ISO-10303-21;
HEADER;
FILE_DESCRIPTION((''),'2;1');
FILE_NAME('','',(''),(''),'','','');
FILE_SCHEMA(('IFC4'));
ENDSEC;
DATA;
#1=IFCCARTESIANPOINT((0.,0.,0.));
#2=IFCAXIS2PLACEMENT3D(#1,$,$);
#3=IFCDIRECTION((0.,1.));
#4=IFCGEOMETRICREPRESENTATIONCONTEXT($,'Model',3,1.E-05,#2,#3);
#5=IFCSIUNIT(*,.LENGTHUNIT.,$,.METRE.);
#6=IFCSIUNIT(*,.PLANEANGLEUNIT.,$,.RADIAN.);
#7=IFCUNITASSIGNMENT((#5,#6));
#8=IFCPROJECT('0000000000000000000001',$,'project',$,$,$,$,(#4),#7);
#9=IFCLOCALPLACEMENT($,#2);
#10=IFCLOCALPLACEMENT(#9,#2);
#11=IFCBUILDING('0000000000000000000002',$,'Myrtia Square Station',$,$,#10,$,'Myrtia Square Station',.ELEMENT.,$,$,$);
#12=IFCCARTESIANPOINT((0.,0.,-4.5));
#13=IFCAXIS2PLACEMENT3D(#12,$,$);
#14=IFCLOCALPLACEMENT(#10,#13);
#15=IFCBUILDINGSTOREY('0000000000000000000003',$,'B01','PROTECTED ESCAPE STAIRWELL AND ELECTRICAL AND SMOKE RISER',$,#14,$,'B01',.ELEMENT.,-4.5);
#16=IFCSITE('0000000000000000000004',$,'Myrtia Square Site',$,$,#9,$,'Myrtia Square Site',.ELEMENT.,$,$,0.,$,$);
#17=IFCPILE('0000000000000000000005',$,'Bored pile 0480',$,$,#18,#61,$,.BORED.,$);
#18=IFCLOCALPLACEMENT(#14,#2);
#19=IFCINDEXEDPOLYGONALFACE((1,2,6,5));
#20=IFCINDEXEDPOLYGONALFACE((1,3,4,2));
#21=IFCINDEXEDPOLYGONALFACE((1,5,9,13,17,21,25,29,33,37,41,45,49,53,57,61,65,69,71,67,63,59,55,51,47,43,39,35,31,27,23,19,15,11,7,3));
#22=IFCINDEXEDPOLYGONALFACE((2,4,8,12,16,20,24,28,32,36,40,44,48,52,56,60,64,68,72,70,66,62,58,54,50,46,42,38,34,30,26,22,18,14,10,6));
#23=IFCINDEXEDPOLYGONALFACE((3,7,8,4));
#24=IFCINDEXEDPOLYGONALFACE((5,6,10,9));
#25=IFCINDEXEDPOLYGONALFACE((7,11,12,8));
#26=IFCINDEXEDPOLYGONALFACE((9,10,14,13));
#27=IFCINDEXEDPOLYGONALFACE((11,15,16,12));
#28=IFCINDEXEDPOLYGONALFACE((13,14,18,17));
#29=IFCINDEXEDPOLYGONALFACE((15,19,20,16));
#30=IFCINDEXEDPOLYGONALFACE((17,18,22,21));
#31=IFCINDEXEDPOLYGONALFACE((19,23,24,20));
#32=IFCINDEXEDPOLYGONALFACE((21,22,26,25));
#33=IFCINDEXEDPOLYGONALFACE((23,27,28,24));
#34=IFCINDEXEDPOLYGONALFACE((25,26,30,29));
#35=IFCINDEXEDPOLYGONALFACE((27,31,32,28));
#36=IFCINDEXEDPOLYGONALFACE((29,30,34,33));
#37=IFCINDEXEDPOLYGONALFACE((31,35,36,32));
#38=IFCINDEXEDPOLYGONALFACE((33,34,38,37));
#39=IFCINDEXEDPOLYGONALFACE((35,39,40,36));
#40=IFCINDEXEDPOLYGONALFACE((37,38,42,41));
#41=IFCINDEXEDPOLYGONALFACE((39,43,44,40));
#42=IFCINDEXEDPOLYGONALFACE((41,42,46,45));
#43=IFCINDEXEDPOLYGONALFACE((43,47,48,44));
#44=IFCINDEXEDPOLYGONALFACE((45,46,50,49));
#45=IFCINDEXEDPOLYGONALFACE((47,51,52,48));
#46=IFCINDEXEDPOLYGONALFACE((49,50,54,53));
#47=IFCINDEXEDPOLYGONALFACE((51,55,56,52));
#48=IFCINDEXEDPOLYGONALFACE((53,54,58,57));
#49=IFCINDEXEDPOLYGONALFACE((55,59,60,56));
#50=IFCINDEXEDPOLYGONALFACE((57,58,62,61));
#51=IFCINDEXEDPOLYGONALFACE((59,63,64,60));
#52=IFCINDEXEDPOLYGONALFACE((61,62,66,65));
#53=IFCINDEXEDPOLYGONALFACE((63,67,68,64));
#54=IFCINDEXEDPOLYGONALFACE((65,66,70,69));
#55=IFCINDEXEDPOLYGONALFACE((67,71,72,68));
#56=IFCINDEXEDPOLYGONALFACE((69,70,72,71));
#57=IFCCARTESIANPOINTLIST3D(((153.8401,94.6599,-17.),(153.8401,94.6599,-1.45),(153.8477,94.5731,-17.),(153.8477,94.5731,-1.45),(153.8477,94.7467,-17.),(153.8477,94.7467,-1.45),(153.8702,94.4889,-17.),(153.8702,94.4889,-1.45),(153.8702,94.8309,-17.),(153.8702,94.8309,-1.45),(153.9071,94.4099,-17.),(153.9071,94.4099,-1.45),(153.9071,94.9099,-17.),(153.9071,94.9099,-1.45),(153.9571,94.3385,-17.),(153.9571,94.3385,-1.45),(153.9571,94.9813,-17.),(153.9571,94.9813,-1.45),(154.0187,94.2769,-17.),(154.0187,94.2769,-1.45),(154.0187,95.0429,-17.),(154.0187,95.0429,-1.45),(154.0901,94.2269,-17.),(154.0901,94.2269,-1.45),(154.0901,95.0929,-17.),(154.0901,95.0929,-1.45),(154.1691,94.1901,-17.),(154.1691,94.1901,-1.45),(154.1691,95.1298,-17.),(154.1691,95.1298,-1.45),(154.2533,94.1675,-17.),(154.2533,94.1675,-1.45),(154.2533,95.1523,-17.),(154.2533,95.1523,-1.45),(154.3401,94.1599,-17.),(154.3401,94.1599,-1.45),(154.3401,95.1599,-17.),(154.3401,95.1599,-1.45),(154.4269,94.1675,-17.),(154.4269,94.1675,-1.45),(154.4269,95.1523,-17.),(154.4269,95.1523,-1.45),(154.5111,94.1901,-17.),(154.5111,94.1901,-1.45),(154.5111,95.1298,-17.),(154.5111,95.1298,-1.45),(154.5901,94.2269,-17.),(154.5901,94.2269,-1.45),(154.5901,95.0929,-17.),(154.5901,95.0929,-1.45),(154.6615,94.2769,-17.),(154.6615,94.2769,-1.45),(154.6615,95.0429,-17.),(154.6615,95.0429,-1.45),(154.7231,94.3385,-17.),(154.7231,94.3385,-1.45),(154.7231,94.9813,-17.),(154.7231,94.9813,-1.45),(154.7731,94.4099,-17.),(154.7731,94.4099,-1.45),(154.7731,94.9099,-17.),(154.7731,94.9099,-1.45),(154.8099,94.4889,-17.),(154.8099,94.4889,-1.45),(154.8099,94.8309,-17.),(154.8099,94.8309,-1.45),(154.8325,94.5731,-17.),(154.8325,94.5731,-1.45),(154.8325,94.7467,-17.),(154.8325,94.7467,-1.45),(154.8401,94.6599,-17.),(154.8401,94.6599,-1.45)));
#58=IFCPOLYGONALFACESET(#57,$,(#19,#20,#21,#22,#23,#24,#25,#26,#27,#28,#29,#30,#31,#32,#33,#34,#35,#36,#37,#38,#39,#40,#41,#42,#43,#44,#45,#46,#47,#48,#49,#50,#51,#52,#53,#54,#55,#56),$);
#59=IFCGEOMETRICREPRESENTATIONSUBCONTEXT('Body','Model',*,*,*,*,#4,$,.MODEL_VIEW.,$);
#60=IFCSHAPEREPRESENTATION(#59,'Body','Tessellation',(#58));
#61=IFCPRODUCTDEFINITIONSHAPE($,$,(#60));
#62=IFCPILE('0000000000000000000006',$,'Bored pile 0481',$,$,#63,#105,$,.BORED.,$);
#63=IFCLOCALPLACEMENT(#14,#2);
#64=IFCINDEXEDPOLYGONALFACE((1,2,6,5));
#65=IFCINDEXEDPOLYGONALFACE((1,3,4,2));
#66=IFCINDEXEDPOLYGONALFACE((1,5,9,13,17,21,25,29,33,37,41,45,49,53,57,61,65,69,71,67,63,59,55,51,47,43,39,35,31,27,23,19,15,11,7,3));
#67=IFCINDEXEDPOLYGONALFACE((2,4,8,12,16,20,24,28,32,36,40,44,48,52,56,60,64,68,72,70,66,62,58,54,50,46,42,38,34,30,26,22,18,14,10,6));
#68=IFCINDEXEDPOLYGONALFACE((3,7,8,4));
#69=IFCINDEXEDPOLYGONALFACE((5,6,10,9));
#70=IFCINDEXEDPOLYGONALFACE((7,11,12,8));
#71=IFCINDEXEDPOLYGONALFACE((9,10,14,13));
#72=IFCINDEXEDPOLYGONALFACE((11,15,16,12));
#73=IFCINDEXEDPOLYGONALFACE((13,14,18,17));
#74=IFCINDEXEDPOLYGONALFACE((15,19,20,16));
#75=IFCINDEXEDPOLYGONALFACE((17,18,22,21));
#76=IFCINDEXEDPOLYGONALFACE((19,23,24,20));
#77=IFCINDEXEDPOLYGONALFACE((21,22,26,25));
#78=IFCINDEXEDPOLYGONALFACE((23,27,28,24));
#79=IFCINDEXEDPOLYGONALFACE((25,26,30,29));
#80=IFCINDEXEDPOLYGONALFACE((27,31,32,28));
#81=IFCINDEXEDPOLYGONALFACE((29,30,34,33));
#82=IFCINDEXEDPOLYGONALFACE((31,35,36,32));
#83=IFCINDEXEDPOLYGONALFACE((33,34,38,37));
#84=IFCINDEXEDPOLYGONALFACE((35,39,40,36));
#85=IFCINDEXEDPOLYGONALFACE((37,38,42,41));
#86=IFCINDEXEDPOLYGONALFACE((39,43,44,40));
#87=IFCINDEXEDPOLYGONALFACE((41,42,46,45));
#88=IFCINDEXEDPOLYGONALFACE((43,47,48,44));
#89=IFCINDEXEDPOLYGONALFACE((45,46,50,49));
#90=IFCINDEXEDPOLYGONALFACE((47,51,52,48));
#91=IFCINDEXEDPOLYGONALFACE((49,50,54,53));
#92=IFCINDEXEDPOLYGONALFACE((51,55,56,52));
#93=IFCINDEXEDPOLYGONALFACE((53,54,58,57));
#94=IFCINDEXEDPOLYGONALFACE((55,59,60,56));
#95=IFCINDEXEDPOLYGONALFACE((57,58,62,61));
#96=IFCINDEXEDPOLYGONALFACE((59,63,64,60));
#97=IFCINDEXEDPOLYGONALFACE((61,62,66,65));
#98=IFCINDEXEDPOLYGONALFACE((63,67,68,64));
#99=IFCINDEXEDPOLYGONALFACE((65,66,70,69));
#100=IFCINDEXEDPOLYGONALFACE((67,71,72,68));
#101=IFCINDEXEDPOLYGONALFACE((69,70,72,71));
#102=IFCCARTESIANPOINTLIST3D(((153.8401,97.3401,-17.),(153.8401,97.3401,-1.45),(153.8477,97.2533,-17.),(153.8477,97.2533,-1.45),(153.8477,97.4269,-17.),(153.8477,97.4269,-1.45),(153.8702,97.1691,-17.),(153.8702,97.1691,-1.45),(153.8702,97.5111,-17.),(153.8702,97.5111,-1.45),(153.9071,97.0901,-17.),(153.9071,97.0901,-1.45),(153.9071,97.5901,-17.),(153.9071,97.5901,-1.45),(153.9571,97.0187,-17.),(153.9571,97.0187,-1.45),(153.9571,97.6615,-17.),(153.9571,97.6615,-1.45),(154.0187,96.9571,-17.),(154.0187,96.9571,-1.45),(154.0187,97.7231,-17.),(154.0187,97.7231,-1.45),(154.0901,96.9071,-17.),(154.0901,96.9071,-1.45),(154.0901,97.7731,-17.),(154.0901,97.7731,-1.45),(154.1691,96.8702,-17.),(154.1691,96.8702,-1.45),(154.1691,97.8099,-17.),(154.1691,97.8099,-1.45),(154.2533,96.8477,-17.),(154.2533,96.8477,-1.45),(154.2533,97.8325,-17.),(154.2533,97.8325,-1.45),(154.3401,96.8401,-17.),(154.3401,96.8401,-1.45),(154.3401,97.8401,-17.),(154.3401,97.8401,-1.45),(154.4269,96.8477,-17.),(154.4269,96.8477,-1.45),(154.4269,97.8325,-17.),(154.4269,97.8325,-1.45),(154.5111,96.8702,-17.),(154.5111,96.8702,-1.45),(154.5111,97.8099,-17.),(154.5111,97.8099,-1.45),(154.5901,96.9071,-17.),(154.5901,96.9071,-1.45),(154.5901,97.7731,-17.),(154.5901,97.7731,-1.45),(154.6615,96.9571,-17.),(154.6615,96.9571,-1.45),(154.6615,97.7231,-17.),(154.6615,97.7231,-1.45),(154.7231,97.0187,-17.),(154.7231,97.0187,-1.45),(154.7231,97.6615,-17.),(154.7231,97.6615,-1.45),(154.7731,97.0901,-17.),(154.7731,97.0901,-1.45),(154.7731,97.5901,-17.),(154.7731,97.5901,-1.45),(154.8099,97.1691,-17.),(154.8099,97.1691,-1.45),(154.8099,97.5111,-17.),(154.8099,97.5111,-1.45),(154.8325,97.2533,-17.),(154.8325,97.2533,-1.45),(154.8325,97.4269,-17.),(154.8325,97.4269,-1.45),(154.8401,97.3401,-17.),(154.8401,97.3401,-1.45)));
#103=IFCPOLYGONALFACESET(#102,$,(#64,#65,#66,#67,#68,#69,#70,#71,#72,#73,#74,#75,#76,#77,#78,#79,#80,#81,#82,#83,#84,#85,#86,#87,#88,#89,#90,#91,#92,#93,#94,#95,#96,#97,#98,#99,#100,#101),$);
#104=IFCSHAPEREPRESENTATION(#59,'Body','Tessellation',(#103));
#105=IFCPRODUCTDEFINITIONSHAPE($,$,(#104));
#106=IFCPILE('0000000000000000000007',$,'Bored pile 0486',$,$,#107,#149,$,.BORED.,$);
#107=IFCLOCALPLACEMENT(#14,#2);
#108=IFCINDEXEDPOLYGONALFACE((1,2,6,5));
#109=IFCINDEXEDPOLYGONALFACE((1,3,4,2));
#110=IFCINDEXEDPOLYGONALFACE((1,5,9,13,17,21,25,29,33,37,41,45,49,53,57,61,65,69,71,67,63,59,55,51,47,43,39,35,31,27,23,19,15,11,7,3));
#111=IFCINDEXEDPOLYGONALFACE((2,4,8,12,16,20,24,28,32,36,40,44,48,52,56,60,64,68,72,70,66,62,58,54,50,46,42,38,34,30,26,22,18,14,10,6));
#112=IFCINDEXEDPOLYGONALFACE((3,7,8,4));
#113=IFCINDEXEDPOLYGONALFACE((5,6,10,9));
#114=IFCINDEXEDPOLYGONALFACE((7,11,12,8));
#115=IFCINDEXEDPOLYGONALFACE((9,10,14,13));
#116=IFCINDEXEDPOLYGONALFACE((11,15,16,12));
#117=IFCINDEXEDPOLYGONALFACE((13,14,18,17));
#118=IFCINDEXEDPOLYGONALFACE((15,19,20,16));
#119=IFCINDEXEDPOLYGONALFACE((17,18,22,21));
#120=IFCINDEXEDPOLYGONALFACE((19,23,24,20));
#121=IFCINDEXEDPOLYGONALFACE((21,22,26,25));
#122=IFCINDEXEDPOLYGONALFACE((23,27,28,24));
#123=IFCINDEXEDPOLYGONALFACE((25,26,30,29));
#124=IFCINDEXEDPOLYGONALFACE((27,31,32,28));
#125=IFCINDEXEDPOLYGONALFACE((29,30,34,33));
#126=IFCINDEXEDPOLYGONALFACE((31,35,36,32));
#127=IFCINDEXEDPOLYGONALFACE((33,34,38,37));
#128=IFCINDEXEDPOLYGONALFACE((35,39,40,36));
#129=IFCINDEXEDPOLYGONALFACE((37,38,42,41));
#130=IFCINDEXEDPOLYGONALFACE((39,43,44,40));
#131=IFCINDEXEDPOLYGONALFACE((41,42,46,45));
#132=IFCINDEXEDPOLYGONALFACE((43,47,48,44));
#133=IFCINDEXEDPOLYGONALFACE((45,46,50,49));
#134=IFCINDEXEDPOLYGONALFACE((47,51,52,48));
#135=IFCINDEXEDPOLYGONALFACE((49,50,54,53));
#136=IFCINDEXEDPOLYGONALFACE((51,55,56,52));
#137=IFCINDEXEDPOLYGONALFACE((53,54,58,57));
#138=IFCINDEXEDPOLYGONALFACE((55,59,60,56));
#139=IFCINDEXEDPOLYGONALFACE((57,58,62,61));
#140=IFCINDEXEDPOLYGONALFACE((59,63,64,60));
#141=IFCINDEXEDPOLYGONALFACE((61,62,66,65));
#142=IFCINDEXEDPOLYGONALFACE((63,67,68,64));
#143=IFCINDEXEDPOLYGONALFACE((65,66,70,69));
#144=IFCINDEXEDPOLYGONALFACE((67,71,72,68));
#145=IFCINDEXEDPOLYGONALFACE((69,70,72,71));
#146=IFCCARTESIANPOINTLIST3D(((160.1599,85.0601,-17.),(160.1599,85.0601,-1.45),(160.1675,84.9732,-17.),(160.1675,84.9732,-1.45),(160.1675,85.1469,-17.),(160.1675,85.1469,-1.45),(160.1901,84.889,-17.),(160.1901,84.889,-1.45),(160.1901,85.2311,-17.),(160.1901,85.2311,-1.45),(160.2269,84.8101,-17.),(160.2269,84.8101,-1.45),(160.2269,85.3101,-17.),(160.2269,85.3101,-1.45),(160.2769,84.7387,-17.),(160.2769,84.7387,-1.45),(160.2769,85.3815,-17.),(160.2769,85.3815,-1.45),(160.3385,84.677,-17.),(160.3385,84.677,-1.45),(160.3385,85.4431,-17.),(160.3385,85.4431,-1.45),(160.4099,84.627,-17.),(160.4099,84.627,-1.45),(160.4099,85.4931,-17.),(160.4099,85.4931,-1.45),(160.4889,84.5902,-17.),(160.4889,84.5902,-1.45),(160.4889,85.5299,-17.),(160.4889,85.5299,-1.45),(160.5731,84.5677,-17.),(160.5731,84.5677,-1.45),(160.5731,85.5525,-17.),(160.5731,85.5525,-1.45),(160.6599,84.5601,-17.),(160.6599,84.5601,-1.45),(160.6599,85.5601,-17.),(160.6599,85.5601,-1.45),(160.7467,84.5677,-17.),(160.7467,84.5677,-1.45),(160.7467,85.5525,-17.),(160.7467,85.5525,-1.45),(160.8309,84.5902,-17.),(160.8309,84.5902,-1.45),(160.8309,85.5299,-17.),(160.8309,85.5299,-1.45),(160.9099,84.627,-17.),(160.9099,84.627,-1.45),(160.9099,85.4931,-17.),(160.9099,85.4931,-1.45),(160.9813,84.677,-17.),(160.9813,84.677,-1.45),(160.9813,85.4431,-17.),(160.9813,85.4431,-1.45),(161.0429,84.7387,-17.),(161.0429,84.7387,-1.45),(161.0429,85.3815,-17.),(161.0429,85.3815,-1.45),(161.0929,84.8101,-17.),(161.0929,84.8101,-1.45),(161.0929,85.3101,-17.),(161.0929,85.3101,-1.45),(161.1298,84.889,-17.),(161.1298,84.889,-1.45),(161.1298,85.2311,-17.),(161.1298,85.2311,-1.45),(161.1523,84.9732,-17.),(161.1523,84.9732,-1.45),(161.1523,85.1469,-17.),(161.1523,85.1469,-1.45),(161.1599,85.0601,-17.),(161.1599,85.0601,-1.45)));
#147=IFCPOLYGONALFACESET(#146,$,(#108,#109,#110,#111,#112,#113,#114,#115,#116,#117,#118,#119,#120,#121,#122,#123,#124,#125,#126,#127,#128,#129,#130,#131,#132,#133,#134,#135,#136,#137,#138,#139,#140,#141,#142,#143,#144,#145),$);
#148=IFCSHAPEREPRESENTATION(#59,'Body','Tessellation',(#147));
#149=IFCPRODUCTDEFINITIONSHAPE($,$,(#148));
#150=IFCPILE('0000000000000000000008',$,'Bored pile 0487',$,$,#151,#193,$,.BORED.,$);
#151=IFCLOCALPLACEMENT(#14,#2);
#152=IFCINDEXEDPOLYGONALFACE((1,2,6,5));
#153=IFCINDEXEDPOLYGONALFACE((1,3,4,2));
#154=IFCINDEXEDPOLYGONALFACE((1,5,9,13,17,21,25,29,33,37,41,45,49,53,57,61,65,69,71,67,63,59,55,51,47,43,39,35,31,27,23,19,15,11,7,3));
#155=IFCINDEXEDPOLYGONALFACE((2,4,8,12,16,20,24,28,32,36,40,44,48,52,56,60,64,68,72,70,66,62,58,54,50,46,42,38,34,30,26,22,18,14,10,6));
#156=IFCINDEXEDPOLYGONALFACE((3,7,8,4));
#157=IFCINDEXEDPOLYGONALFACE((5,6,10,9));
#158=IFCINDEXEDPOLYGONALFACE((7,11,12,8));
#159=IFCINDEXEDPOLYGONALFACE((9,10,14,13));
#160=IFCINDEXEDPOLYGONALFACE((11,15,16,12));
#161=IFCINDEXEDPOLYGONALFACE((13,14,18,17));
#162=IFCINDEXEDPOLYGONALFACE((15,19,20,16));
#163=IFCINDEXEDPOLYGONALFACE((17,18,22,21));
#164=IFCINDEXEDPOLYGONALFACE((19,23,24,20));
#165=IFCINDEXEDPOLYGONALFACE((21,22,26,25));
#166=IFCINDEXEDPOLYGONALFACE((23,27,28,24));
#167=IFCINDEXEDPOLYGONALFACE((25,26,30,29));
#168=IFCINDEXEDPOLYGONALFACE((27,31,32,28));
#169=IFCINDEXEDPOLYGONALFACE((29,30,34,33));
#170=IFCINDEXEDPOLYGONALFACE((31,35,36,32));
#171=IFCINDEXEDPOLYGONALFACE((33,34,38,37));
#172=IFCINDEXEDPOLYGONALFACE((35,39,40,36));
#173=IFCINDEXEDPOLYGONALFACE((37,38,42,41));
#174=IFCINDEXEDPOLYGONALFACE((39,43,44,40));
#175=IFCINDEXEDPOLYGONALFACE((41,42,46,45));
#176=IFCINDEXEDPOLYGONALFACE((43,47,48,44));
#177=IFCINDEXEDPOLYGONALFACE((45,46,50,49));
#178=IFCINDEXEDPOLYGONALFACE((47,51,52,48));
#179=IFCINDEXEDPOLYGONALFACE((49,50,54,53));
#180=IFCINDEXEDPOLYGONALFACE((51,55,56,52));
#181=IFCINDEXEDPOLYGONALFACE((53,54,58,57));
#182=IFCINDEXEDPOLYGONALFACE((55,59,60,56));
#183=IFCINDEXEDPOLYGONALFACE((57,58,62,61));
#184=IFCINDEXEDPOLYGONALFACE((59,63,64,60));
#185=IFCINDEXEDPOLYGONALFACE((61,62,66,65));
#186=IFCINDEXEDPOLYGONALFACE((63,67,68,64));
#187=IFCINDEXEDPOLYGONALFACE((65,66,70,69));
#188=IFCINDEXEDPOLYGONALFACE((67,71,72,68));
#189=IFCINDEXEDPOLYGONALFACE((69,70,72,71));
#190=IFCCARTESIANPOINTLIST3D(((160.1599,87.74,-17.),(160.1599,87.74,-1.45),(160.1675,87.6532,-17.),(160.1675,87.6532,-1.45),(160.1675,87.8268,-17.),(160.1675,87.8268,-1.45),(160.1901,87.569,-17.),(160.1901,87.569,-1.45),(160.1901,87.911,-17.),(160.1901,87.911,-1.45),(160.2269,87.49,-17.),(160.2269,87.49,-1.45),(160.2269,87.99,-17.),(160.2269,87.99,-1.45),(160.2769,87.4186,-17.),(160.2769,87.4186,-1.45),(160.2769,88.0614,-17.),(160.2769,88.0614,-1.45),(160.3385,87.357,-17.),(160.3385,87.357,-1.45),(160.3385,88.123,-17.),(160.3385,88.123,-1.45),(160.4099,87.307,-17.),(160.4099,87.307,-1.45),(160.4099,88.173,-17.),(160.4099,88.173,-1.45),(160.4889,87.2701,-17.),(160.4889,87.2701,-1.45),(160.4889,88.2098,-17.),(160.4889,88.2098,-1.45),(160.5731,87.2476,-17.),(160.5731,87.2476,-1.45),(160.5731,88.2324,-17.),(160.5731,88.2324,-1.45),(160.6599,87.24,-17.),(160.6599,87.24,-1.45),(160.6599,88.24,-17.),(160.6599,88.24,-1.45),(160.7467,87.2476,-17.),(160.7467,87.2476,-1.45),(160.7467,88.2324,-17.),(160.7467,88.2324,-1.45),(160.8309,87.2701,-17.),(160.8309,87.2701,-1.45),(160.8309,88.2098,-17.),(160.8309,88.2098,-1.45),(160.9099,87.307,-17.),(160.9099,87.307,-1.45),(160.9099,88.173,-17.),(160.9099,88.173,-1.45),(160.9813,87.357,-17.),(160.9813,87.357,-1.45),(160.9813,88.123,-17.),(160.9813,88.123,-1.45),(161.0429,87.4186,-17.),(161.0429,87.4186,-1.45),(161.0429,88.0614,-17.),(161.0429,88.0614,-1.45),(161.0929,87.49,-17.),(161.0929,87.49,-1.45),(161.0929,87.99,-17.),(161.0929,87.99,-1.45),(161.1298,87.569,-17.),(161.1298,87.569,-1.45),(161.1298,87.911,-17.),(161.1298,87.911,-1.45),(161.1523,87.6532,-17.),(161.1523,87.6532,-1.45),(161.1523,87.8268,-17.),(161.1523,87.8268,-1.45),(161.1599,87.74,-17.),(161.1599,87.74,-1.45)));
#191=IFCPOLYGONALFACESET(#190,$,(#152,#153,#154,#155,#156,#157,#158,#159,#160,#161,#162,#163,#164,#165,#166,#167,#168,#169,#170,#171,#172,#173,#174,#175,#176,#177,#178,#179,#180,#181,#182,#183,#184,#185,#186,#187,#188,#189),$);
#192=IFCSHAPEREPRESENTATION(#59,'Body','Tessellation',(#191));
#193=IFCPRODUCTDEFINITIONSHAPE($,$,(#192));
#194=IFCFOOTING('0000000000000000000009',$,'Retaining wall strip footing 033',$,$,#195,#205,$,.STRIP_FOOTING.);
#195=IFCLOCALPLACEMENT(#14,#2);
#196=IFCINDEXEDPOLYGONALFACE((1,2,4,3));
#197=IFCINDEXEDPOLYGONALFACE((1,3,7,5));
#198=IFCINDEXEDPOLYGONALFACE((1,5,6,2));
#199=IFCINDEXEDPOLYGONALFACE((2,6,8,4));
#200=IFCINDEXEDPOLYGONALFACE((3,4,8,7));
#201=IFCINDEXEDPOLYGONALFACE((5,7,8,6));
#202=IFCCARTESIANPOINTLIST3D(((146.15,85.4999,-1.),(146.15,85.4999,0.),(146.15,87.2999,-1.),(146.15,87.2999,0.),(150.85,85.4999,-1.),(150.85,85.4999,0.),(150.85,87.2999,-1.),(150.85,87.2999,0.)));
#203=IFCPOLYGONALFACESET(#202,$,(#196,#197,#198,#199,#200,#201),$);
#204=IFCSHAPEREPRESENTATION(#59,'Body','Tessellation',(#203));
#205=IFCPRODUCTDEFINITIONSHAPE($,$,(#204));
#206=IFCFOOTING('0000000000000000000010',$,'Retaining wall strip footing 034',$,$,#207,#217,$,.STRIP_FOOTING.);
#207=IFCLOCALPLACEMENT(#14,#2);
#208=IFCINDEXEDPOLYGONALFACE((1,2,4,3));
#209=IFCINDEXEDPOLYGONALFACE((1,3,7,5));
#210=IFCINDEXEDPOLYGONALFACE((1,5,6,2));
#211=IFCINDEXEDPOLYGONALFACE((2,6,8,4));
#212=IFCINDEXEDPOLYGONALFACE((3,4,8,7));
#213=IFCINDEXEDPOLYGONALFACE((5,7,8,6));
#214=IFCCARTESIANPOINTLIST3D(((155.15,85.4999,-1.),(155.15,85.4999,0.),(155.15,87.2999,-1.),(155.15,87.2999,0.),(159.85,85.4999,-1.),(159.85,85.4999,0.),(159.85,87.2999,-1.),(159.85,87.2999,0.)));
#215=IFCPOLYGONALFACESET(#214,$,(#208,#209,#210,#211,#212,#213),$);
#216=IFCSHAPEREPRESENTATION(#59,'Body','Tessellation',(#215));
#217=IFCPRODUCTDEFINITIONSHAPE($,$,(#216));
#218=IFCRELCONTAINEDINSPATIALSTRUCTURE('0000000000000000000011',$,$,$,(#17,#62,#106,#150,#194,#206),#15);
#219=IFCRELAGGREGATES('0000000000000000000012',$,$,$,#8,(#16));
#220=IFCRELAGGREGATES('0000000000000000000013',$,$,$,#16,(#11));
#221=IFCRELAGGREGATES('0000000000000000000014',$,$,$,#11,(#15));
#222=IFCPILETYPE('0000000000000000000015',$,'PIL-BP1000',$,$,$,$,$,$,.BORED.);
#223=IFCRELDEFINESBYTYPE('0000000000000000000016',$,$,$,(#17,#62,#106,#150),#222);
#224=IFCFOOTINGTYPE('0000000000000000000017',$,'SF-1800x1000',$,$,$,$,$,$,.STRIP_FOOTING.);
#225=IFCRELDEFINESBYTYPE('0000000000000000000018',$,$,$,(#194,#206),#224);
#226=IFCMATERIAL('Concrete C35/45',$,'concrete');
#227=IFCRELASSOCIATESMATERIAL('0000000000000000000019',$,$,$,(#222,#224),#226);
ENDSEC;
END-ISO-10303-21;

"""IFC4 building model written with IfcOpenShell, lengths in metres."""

from ifc_helpers import new_model, si_unit, direction, frame, origin, origin_2d, place, context, subcontext, project, spatial, rectangle, circle, extrude, material, material_profile, profile_set, type_object, element, save


model = new_model("IFC4")

# Units and contexts
model_context = context("Model", 3, precision=1e-05, world=origin(), true_north=direction((0.0, 1.0)))
body_context = subcontext(model_context, "Body", "Model", "MODEL_VIEW")
ifc_project = project(units=[si_unit("LENGTHUNIT", "METRE"), si_unit("PLANEANGLEUNIT", "RADIAN")], contexts=[model_context])

# Site, building, storey
site_placement = place(None, origin())
site = spatial("IfcSite", under=ifc_project, at=site_placement, Name="Myrtia Square Site", LongName="Myrtia Square Site", CompositionType="ELEMENT", RefElevation=0.0)
building_placement = place(site_placement, origin())
building = spatial("IfcBuilding", under=site, at=building_placement, Name="Myrtia Square Station", LongName="Myrtia Square Station", CompositionType="ELEMENT")
storey_placement = place(building_placement, frame((0.0, 0.0, -4.5)))
storey = spatial("IfcBuildingStorey", under=building, at=storey_placement, Name="B01", Description="PROTECTED ESCAPE STAIRWELL AND ELECTRICAL AND SMOKE RISER", LongName="B01", CompositionType="ELEMENT", Elevation=-4.5)

# Shared definitions
ifc_material_1 = material(Name="Concrete C35/45", Category="concrete")

# Piles
ifc_material_profile_1 = material_profile(ifc_material_1, circle(Radius=0.5, at=origin_2d()), Name="BP D1000")
ifc_profile_set_1 = profile_set([ifc_material_profile_1], Name="Concrete C35/45")
pile_type = type_object("IfcPileType", Name="PIL-BP1000", PredefinedType="BORED", material=ifc_profile_set_1)
for number, where, z_axis, x_axis, name in (
    (1, (154.3401, 94.6599, -1.45), (0.0, 0.0, -1.0), (1.0, 0.0, 0.0), "Bored pile 0480"),
    (2, (154.3401, 97.3401, -1.45), (0.0, 0.0, -1.0), (1.0, 0.0, 0.0), "Bored pile 0481"),
    (3, (160.6599, 85.0601, -1.45), (0.0, 0.0, -1.0), (1.0, 0.0, 0.0), "Bored pile 0486"),
    (4, (160.6599, 87.74, -1.45), (0.0, 0.0, -1.0), (1.0, 0.0, 0.0), "Bored pile 0487"),
):
    element("IfcPile", number, at=place(storey_placement, frame(where, z_axis=z_axis, x_axis=x_axis)), inside=storey, type_object=pile_type, Name=name, PredefinedType="BORED", context=body_context, shape_type="SweptSolid", body=[
        extrude(circle(Radius=0.5, at=origin_2d()), origin(), (0.0, 0.0, 1.0), 15.55),
    ])

# Footings
footing_type_1 = type_object("IfcFootingType", Name="SF-1800x1000", PredefinedType="STRIP_FOOTING", material=ifc_material_1)
for number, where, z_axis, x_axis, name in (
    (5, (148.5, 86.3999, -1.0), (0.0, 0.0, 1.0), (1.0, 0.0, 0.0), "Retaining wall strip footing 033"),
    (6, (157.5, 86.3999, -1.0), (0.0, 0.0, 1.0), (1.0, 0.0, 0.0), "Retaining wall strip footing 034"),
):
    element("IfcFooting", number, at=place(storey_placement, frame(where, z_axis=z_axis, x_axis=x_axis)), inside=storey, type_object=footing_type_1, Name=name, PredefinedType="STRIP_FOOTING", context=body_context, shape_type="SweptSolid", body=[
        extrude(rectangle(XDim=4.7, YDim=1.8, at=origin_2d()), origin(), (0.0, 0.0, 1.0), 1.0),
    ])

save(model, "model.ifc")
